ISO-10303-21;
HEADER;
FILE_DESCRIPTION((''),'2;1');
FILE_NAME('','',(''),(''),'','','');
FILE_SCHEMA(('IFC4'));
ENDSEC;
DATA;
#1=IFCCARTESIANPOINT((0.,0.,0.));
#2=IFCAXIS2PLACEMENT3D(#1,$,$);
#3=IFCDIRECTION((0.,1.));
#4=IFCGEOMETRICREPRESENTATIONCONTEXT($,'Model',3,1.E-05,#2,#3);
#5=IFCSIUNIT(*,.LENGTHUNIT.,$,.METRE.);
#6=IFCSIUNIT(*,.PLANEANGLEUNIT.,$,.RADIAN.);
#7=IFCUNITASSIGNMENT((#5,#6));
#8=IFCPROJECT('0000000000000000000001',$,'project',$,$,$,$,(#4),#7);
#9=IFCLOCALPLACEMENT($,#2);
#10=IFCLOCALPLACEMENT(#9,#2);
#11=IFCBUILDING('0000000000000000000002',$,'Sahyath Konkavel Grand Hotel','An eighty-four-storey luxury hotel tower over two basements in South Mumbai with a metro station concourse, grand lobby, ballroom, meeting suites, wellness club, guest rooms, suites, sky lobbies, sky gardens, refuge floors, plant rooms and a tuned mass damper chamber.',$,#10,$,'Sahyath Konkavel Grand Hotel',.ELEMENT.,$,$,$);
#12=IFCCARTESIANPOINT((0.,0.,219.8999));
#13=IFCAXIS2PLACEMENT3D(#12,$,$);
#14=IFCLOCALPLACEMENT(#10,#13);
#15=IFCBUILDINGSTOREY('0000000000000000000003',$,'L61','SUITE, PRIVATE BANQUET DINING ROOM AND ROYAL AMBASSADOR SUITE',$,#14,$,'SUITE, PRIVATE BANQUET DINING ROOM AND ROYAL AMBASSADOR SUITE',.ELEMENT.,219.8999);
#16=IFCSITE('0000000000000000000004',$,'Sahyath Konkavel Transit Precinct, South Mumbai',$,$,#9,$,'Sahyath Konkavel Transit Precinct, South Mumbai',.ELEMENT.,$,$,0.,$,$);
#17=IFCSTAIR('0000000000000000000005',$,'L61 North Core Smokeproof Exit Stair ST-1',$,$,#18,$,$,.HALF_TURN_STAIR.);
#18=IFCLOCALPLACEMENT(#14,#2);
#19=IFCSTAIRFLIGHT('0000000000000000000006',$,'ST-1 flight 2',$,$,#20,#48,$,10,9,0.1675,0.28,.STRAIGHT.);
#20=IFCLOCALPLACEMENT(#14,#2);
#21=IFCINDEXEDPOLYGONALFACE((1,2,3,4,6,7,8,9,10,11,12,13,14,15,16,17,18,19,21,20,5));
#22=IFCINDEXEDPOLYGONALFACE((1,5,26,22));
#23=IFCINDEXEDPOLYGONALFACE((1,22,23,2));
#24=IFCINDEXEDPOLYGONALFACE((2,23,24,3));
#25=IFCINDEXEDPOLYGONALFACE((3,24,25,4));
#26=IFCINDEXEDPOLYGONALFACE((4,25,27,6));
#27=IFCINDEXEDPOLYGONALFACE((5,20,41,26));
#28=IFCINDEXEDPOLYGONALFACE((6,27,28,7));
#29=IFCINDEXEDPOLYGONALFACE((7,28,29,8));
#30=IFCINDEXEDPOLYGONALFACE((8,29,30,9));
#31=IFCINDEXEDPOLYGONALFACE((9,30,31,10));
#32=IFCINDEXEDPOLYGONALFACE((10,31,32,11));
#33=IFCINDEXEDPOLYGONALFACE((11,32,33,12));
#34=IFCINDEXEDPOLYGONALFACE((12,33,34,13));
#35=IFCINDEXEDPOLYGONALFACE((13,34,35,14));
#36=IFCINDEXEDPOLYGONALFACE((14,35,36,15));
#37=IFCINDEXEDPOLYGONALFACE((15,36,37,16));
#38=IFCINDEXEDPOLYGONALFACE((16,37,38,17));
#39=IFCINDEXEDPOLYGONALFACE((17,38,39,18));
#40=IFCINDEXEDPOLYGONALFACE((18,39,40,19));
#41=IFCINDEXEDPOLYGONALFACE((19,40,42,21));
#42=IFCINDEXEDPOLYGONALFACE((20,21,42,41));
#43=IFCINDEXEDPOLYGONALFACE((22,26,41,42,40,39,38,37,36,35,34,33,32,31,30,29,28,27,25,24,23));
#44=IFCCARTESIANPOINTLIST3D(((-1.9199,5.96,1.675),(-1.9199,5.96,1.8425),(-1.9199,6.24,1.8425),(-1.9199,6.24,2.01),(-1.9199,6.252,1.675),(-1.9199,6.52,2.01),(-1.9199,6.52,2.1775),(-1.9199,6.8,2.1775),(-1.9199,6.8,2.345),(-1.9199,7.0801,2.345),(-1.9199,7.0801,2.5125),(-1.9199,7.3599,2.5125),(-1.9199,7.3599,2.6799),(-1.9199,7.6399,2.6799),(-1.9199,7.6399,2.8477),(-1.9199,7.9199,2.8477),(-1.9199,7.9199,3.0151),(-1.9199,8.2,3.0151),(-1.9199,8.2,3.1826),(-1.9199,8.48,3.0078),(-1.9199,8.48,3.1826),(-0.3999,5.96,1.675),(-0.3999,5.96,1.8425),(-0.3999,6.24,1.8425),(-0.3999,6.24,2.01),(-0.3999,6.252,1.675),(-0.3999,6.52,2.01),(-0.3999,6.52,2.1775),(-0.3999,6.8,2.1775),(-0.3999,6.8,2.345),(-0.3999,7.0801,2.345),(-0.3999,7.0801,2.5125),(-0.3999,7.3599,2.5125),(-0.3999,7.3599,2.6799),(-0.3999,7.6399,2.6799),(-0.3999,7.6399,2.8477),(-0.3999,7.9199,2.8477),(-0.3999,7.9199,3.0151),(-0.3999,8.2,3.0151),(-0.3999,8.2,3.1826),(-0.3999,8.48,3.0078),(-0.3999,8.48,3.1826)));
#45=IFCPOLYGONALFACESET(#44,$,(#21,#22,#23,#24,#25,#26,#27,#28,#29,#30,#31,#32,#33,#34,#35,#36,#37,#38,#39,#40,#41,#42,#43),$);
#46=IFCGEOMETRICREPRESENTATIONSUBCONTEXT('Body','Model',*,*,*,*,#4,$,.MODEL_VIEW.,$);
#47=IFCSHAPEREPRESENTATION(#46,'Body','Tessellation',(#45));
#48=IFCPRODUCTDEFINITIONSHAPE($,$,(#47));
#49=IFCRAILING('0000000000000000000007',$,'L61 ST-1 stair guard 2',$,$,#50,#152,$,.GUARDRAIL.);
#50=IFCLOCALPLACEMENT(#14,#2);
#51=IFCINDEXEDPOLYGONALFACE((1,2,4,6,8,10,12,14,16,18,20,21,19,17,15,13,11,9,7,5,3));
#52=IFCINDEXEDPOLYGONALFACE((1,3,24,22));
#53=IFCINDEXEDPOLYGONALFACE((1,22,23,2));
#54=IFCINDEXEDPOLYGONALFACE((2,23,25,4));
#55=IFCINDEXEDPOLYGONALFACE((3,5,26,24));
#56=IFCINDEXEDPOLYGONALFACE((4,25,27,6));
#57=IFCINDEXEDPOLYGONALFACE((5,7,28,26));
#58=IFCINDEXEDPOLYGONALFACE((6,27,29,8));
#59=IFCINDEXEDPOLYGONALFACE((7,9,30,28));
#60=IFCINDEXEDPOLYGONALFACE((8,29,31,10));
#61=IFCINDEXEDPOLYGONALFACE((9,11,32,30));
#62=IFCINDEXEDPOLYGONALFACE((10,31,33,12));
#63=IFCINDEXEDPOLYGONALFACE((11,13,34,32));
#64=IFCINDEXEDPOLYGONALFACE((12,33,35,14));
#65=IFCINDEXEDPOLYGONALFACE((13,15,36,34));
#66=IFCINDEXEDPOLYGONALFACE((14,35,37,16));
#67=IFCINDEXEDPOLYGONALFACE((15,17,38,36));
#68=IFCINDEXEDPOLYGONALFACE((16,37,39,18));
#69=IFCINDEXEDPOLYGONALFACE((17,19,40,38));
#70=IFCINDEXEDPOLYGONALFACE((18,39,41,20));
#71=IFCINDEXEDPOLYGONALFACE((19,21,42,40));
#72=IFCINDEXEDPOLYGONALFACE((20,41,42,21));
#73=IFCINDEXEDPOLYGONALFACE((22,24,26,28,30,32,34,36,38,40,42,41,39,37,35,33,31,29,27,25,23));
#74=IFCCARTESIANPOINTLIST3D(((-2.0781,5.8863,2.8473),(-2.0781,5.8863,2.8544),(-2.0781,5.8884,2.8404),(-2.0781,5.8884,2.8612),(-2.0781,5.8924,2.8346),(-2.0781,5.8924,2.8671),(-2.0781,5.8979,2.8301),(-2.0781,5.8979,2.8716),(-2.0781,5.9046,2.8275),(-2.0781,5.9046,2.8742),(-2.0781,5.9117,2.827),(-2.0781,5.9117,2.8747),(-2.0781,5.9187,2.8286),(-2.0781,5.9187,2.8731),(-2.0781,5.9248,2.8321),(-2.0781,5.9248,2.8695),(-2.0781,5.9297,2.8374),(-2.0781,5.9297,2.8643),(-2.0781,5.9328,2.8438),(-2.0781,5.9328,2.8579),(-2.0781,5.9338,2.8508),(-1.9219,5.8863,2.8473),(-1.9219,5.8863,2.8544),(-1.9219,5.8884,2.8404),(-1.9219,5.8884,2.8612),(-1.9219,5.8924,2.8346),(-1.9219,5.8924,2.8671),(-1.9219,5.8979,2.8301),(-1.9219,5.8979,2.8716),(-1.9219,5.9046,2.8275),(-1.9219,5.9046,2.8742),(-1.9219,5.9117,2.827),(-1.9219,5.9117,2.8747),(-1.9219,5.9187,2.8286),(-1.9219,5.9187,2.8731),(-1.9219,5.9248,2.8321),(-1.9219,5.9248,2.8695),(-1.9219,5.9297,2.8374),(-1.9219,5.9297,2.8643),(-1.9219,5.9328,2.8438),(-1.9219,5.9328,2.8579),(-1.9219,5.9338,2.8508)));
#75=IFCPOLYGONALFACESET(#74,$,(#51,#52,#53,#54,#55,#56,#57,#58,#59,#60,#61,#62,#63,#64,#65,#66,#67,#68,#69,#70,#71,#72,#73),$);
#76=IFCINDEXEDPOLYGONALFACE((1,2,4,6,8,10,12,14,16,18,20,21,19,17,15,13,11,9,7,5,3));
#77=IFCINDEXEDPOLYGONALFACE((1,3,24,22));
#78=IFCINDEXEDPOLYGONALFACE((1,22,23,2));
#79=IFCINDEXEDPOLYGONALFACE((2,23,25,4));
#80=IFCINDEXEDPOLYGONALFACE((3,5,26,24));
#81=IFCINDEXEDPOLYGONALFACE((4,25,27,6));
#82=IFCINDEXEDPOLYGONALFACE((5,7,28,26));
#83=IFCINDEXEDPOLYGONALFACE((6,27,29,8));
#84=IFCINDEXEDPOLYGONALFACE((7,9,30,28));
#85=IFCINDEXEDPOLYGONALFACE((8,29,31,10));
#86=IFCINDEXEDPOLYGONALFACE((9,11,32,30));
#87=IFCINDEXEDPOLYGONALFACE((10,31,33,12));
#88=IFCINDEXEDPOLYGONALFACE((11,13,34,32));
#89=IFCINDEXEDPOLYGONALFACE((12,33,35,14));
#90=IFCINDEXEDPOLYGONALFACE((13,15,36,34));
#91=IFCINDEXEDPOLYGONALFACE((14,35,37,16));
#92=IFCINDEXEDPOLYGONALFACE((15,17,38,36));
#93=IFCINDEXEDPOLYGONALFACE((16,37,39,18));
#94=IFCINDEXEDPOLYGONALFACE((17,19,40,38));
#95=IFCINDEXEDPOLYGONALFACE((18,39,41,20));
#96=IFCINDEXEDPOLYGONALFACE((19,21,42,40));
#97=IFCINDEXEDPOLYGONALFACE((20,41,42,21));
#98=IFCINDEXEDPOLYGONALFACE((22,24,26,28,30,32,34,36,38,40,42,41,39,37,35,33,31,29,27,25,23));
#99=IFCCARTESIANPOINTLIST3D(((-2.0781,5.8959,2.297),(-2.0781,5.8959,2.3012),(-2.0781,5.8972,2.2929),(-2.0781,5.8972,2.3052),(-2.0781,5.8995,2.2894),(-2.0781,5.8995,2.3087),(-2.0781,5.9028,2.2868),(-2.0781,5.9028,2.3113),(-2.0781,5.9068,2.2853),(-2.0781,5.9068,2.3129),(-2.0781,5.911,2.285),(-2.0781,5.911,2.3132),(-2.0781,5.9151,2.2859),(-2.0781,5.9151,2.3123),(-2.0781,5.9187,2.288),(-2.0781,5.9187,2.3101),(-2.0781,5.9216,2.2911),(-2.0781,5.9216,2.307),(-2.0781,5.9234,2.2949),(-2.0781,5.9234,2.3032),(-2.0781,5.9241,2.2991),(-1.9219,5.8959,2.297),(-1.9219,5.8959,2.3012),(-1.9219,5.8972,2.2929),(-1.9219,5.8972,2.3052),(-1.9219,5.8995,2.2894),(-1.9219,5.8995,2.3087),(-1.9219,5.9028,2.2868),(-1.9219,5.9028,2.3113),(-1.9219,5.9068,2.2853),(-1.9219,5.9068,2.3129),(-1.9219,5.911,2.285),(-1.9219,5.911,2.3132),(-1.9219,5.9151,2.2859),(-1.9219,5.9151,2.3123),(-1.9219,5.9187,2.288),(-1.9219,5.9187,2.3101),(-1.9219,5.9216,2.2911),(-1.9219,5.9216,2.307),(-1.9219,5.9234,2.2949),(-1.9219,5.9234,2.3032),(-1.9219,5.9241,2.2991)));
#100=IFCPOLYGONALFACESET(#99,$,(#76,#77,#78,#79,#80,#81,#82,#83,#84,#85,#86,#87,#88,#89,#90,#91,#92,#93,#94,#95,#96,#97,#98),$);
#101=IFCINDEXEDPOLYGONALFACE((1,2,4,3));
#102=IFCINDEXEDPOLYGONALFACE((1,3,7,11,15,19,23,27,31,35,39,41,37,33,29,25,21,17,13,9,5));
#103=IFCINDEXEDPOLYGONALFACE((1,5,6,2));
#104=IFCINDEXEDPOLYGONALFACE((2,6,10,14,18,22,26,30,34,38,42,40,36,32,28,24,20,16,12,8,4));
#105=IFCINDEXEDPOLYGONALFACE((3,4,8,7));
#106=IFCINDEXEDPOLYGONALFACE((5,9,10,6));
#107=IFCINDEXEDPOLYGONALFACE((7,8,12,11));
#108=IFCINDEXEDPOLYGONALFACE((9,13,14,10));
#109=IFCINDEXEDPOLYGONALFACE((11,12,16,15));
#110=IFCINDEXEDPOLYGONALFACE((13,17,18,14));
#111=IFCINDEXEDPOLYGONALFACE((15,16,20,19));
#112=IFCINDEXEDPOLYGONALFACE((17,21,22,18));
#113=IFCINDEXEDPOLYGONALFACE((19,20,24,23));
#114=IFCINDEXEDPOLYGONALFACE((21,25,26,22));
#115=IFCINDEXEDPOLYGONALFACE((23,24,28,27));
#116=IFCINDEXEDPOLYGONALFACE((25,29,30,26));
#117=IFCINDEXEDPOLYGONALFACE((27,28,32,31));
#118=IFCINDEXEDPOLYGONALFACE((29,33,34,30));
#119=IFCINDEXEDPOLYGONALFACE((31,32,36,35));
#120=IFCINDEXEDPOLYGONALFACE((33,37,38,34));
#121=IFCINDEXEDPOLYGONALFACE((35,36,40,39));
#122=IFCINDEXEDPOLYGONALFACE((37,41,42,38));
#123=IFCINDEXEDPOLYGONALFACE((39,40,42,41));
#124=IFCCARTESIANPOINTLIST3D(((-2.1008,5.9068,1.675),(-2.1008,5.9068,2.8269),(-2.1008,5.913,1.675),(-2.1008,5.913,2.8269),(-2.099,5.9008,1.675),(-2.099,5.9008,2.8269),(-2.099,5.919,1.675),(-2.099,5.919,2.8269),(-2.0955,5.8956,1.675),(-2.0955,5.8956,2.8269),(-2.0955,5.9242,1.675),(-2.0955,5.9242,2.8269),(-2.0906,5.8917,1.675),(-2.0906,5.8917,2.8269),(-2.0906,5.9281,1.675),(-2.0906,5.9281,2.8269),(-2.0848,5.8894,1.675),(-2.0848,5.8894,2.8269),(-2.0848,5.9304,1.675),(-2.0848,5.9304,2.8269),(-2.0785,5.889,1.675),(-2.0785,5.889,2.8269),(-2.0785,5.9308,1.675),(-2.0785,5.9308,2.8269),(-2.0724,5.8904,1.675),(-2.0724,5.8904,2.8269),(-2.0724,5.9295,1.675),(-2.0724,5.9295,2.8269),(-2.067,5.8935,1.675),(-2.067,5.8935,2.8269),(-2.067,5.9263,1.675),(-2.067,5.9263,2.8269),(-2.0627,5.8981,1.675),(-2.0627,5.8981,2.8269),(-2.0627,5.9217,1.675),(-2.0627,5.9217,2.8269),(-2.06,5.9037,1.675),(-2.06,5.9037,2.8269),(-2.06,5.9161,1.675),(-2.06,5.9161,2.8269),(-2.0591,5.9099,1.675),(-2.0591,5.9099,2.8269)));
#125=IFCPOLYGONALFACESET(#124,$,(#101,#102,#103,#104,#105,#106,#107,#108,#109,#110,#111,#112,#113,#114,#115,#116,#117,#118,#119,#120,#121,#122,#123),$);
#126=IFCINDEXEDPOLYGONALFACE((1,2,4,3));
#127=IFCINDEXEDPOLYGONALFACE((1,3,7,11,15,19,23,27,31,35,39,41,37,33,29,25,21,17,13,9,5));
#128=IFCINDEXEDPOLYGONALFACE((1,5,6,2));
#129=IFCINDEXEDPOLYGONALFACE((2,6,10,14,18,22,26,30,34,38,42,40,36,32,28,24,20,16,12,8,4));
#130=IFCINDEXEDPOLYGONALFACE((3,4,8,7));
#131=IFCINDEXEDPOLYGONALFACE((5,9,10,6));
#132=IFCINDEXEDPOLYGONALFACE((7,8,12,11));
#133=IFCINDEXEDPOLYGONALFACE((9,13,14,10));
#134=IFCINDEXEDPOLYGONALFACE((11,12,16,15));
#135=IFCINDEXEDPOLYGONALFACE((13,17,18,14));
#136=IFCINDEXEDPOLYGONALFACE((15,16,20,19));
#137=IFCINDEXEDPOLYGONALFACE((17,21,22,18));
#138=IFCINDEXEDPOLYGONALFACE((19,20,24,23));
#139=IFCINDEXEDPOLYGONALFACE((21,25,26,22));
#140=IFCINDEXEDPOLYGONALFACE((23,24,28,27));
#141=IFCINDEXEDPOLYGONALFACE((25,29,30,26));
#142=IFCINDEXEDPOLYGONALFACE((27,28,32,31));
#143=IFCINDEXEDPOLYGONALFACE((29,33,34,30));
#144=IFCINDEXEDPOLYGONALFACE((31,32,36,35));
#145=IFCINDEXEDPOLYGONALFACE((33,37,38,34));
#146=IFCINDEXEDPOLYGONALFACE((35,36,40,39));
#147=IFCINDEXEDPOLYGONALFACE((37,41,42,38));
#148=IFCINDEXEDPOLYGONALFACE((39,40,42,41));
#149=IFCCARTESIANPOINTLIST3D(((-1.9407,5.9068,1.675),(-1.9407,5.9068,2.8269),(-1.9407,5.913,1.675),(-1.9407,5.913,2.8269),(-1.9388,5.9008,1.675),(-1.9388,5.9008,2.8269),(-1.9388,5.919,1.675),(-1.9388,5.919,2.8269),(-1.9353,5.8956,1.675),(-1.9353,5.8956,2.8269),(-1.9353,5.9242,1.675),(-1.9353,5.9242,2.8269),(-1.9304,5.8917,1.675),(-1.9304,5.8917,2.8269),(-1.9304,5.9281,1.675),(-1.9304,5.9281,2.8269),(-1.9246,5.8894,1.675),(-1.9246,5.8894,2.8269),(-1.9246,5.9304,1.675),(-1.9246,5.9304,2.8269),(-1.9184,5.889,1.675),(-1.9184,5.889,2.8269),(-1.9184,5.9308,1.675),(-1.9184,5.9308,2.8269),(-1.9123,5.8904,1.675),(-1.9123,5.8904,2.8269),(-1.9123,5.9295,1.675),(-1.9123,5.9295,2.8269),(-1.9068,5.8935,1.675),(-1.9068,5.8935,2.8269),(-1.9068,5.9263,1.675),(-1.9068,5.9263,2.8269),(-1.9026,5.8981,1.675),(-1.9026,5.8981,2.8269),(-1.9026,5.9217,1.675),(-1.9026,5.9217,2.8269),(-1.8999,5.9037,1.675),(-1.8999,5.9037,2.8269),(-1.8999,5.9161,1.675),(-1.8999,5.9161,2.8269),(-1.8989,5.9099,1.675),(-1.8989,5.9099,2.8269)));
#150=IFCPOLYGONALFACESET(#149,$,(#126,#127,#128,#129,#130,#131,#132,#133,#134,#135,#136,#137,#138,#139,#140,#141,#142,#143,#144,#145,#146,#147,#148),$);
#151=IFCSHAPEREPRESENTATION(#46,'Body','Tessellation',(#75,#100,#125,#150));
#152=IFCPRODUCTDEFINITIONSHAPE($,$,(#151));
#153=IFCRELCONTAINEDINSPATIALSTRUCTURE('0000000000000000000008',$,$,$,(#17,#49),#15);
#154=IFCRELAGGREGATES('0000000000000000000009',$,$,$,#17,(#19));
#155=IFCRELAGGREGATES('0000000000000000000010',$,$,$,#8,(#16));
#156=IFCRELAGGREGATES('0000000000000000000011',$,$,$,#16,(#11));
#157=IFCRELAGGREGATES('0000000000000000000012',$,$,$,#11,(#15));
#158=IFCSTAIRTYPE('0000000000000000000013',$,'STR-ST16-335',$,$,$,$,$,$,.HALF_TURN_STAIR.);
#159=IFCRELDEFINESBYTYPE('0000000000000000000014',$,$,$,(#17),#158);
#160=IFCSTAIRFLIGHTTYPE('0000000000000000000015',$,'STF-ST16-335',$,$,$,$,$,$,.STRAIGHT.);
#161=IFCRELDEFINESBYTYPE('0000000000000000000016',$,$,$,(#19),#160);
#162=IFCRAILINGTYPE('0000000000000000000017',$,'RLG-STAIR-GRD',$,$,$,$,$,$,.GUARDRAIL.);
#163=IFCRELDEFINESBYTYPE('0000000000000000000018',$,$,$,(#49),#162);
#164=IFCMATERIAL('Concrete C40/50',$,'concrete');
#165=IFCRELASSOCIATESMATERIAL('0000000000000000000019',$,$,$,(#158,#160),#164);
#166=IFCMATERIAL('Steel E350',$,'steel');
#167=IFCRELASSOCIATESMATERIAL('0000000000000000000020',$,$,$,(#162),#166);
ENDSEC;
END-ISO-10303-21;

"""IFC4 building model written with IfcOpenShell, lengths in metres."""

from ifc_helpers import new_model, si_unit, direction, frame, origin, origin_2d, place, context, subcontext, project, spatial, polyline, circle, outline, extrude, material, type_object, element, aggregate, save


model = new_model("IFC4")

# Units and contexts
model_context = context("Model", 3, precision=1e-05, world=origin(), true_north=direction((0.0, 1.0)))
body_context = subcontext(model_context, "Body", "Model", "MODEL_VIEW")
ifc_project = project(units=[si_unit("LENGTHUNIT", "METRE"), si_unit("PLANEANGLEUNIT", "RADIAN")], contexts=[model_context])

# Site, building, storey
site_placement = place(None, origin())
site = spatial("IfcSite", under=ifc_project, at=site_placement, Name="Sahyath Konkavel Transit Precinct, South Mumbai", LongName="Sahyath Konkavel Transit Precinct, South Mumbai", CompositionType="ELEMENT", RefElevation=0.0)
building_placement = place(site_placement, origin())
building = spatial("IfcBuilding", under=site, at=building_placement, Name="Sahyath Konkavel Grand Hotel", Description="An eighty-four-storey luxury hotel tower over two basements in South Mumbai with a metro station concourse, grand lobby, ballroom, meeting suites, wellness club, guest rooms, suites, sky lobbies, sky gardens, refuge floors, plant rooms and a tuned mass damper chamber.", LongName="Sahyath Konkavel Grand Hotel", CompositionType="ELEMENT")
storey_placement = place(building_placement, frame((0.0, 0.0, 219.8999)))
storey = spatial("IfcBuildingStorey", under=building, at=storey_placement, Name="L61", Description="SUITE, PRIVATE BANQUET DINING ROOM AND ROYAL AMBASSADOR SUITE", LongName="SUITE, PRIVATE BANQUET DINING ROOM AND ROYAL AMBASSADOR SUITE", CompositionType="ELEMENT", Elevation=219.8999)

# Shared definitions
ifc_material_1 = material(Name="Concrete C40/50", Category="concrete")

# Shared definitions
ifc_material_2 = material(Name="Steel E350", Category="steel")

# Stair
stair_type = type_object("IfcStairType", Name="STR-ST16-335", PredefinedType="HALF_TURN_STAIR", material=ifc_material_1)
stair_1_placement = place(storey_placement, origin())
stair_1 = element("IfcStair", 1, at=stair_1_placement, inside=storey, type_object=stair_type, Name="L61 North Core Smokeproof Exit Stair ST-1", PredefinedType="HALF_TURN_STAIR")

# Stair flight
stair_flight_type = type_object("IfcStairFlightType", Name="STF-ST16-335", PredefinedType="STRAIGHT", material=ifc_material_1)
stair_flight_1_placement = place(storey_placement, frame((-1.1599, 5.96, 1.675), z_axis=(0.0, 0.0, 1.0), x_axis=(0.0, 1.0, 0.0)))
stair_flight_1 = element("IfcStairFlight", 2, at=stair_flight_1_placement, type_object=stair_flight_type, Name="ST-1 flight 2", NumberOfRisers=10, NumberOfTreads=9, PredefinedType="STRAIGHT", RiserHeight=0.1675, TreadLength=0.28, context=body_context, shape_type="SweptSolid", body=[
    extrude(outline(polyline([(0.0, 0.0), (0.0, 0.1675), (0.28, 0.1675), (0.28, 0.335), (0.5601, 0.335), (0.5601, 0.5024), (0.8401, 0.5024), (0.8401, 0.6699), (1.1201, 0.6699), (1.1201, 0.8374), (1.3999, 0.8374), (1.3999, 1.0049), (1.6799, 1.0049), (1.6799, 1.1726), (1.96, 1.1726), (1.96, 1.3401), (2.24, 1.3401), (2.24, 1.5076), (2.52, 1.5076), (2.52, 1.675), (2.52, 1.3328), (0.292, 0.0), (0.0, 0.0)])), frame((0.0, 0.76, 0.0), z_axis=(0.0, -1.0, 0.0), x_axis=(1.0, 0.0, 0.0)), (0.0, 0.0, 1.0), 1.52),
])
aggregate(stair_1, [stair_flight_1])

# Railing
railing_type_1 = type_object("IfcRailingType", Name="RLG-STAIR-GRD", PredefinedType="GUARDRAIL", material=ifc_material_2)
railing_1_placement = place(storey_placement, frame((-2.0801, 5.9099, 1.675)))
element("IfcRailing", 3, at=railing_1_placement, inside=storey, type_object=railing_type_1, Name="L61 ST-1 stair guard 2", PredefinedType="GUARDRAIL", context=body_context, shape_type="SweptSolid", body=[
    extrude(circle(Radius=0.0239, at=origin_2d()), frame((0.002, 0.0, 1.1758), z_axis=(1.0, 0.0, 0.0), x_axis=(0.0, 1.0, 0.0)), (0.0, 0.0, 1.0), 0.1562),
    extrude(circle(Radius=0.0142, at=origin_2d()), frame((0.002, 0.0, 0.624), z_axis=(1.0, 0.0, 0.0), x_axis=(0.0, 1.0, 0.0)), (0.0, 0.0, 1.0), 0.1562),
    extrude(circle(Radius=0.021, at=origin_2d()), origin(), (0.0, 0.0, 1.0), 1.1519),
    extrude(circle(Radius=0.021, at=origin_2d()), frame((0.1602, 0.0, 0.0)), (0.0, 0.0, 1.0), 1.1519),
])

save(model, "model.ifc")
